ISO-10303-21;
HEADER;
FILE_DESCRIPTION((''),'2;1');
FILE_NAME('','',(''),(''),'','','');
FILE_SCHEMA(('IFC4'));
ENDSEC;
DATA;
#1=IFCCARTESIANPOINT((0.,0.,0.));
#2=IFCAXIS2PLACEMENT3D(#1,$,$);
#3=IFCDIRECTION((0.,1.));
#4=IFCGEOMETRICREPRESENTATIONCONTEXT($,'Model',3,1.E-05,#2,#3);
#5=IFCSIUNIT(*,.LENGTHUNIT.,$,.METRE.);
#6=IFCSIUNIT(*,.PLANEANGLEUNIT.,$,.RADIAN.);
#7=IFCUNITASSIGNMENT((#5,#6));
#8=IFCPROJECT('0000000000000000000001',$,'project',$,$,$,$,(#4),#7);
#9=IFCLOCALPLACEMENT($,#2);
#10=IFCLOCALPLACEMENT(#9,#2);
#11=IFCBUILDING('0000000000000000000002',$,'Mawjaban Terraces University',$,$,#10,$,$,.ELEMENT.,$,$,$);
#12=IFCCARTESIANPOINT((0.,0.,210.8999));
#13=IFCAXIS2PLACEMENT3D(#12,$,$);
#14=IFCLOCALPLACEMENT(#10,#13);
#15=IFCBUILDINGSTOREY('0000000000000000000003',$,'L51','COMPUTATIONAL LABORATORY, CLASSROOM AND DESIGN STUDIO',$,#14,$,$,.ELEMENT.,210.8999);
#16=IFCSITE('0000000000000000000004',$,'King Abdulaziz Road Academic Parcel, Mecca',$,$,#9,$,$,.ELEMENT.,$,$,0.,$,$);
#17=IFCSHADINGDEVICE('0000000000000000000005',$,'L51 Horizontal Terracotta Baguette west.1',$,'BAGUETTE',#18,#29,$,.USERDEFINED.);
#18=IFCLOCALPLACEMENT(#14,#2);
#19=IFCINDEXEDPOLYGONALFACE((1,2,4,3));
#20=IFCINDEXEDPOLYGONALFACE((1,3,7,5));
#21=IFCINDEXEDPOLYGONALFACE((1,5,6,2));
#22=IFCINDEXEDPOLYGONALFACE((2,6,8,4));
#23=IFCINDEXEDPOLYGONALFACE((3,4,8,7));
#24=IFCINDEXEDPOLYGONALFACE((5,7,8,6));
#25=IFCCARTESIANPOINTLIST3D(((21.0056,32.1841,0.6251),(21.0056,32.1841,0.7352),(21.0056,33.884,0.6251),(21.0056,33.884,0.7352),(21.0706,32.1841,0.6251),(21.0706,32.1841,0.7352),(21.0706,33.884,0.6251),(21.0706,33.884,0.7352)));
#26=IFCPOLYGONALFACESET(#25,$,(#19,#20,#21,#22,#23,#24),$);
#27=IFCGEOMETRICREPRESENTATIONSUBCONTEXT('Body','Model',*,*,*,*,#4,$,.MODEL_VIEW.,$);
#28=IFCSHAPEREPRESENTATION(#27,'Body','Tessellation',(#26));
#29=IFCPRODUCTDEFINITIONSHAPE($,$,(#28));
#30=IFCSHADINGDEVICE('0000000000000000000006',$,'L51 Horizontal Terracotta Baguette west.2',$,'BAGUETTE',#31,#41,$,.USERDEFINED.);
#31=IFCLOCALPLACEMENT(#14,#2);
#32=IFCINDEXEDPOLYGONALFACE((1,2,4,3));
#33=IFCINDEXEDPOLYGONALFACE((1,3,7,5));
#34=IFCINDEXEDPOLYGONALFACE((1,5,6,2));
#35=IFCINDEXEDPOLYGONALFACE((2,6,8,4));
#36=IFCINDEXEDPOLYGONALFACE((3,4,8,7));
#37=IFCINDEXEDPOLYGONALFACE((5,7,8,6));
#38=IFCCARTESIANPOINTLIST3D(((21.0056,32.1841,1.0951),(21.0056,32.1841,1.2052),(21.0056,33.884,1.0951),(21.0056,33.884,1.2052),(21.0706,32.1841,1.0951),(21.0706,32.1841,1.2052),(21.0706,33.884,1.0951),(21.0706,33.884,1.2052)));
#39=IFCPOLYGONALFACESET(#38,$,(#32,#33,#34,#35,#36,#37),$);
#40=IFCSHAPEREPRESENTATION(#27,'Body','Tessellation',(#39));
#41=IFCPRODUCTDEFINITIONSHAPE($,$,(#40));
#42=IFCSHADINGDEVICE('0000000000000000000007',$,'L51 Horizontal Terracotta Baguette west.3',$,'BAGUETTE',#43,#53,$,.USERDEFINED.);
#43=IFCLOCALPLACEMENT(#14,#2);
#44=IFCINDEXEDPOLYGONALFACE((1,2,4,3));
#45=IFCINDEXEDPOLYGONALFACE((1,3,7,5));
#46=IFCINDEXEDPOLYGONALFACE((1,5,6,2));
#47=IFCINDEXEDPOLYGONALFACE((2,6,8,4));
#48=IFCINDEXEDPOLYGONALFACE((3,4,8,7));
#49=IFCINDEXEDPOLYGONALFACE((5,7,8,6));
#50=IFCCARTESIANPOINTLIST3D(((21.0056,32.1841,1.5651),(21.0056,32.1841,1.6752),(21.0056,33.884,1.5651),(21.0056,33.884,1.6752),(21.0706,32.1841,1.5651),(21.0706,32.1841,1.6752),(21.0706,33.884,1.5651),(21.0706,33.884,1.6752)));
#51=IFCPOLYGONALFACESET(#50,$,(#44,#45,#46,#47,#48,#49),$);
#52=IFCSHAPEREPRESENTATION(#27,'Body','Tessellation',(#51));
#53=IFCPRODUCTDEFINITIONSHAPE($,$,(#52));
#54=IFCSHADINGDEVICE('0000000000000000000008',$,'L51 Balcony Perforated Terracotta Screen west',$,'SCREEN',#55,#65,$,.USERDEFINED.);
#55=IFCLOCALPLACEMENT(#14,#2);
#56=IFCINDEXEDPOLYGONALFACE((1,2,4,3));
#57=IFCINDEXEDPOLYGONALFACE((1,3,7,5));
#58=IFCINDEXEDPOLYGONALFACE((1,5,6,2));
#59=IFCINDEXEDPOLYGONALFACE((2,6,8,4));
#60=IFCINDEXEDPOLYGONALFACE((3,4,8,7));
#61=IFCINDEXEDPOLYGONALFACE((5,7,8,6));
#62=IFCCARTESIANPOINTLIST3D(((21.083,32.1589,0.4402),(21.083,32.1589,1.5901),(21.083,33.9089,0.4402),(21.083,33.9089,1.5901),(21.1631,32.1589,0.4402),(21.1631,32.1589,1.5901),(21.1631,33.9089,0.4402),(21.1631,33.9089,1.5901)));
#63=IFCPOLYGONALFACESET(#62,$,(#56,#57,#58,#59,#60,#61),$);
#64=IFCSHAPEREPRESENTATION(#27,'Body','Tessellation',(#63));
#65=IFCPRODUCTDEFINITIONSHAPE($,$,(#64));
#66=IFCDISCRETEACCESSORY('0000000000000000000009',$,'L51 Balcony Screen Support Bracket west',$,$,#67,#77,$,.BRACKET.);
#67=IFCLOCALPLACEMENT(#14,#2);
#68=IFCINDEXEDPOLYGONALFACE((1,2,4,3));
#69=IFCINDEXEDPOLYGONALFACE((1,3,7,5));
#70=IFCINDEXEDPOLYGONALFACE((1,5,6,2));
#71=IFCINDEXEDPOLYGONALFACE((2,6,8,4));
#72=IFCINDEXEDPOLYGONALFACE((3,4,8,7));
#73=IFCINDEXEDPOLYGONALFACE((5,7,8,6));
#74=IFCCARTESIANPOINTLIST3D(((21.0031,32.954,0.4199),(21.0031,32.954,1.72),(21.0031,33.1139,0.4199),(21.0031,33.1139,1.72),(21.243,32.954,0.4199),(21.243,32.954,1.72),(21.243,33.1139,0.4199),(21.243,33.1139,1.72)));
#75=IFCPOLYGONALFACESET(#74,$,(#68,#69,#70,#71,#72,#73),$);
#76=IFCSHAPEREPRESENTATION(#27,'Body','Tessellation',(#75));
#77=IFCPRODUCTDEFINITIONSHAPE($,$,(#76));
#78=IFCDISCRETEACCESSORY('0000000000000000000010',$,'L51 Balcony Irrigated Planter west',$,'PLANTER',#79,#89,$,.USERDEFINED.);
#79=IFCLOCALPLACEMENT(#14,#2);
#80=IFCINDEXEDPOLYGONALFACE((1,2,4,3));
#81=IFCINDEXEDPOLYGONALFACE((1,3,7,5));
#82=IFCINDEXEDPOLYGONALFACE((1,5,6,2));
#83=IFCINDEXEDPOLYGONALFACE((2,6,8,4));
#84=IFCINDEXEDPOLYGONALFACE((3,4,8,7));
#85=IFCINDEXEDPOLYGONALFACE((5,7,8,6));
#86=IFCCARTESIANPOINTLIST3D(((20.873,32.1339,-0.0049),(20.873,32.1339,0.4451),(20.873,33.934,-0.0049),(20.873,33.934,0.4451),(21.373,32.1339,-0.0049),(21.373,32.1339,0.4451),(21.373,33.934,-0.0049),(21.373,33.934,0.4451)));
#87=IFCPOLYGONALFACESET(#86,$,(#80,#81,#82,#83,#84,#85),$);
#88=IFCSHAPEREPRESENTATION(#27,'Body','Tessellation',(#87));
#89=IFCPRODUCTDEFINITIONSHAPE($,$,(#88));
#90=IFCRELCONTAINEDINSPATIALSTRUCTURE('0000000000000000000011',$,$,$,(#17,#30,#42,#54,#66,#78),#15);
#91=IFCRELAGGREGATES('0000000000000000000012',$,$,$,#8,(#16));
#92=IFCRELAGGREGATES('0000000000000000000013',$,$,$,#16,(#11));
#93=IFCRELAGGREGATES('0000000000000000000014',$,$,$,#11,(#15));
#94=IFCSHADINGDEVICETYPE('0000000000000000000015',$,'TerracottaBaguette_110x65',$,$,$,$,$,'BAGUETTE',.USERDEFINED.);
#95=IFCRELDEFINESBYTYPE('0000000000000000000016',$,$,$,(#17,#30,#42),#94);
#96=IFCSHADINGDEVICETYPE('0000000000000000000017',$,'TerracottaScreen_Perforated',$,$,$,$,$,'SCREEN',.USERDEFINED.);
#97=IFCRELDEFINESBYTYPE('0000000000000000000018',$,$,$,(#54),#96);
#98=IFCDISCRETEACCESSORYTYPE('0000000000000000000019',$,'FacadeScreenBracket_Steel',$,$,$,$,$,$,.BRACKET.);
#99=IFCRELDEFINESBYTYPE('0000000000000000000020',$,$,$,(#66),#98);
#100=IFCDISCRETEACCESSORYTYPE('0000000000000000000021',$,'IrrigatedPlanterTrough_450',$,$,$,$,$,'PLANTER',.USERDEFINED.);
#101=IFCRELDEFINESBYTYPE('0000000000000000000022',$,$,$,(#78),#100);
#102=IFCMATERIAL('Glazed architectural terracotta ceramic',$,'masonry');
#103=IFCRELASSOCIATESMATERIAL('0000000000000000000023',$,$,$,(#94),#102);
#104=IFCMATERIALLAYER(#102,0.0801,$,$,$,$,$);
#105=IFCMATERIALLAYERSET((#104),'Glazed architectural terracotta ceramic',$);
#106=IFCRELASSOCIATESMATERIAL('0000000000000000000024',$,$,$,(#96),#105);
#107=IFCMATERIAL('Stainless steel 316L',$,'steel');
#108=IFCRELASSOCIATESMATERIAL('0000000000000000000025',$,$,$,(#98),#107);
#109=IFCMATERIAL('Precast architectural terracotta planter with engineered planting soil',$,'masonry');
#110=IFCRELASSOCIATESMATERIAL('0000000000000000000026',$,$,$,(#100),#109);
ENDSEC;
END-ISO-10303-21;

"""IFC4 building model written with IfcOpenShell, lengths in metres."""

from ifc_helpers import new_model, si_unit, direction, frame, origin, origin_2d, place, context, subcontext, project, spatial, rectangle, extrude, material, layer, layer_set, material_profile, profile_set, type_object, element, save


model = new_model("IFC4")

# Units and contexts
model_context = context("Model", 3, precision=1e-05, world=origin(), true_north=direction((0.0, 1.0)))
body_context = subcontext(model_context, "Body", "Model", "MODEL_VIEW")
ifc_project = project(units=[si_unit("LENGTHUNIT", "METRE"), si_unit("PLANEANGLEUNIT", "RADIAN")], contexts=[model_context])

# Site, building, storey
site_placement = place(None, origin())
site = spatial("IfcSite", under=ifc_project, at=site_placement, Name="King Abdulaziz Road Academic Parcel, Mecca", CompositionType="ELEMENT", RefElevation=0.0)
building_placement = place(site_placement, origin())
building = spatial("IfcBuilding", under=site, at=building_placement, Name="Mawjaban Terraces University", CompositionType="ELEMENT")
storey_placement = place(building_placement, frame((0.0, 0.0, 210.8999)))
storey = spatial("IfcBuildingStorey", under=building, at=storey_placement, Name="L51", Description="COMPUTATIONAL LABORATORY, CLASSROOM AND DESIGN STUDIO", CompositionType="ELEMENT", Elevation=210.8999)

# Shading devices
ifc_material_1 = material(Name="Glazed architectural terracotta ceramic", Category="masonry")
ifc_material_profile_1 = material_profile(ifc_material_1, rectangle(XDim=0.0649, YDim=0.1101, at=origin_2d()), Name="TBAG110X65")
ifc_profile_set_1 = profile_set([ifc_material_profile_1], Name="Glazed architectural terracotta ceramic")
shading_device_type_1 = type_object("IfcShadingDeviceType", Name="TerracottaBaguette_110x65", ElementType="BAGUETTE", PredefinedType="USERDEFINED", material=ifc_profile_set_1)
for number, where, z_axis, x_axis, name in (
    (1, (21.0381, 32.1841, 0.6802), (0.0, 1.0, 0.0), (-1.0, 0.0, 0.0), "L51 Horizontal Terracotta Baguette west.1"),
    (2, (21.0381, 32.1841, 1.1501), (0.0, 1.0, 0.0), (-1.0, 0.0, 0.0), "L51 Horizontal Terracotta Baguette west.2"),
    (3, (21.0381, 32.1841, 1.6201), (0.0, 1.0, 0.0), (-1.0, 0.0, 0.0), "L51 Horizontal Terracotta Baguette west.3"),
):
    element("IfcShadingDevice", number, at=place(storey_placement, frame(where, z_axis=z_axis, x_axis=x_axis)), inside=storey, type_object=shading_device_type_1, Name=name, ObjectType="BAGUETTE", PredefinedType="USERDEFINED", context=body_context, shape_type="SweptSolid", body=[
        extrude(rectangle(XDim=0.0649, YDim=0.1101, at=origin_2d()), origin(), (0.0, 0.0, 1.0), 1.7),
    ])
ifc_layer_1 = layer(ifc_material_1, 0.0801)
ifc_layer_set_1 = layer_set([ifc_layer_1], Name="Glazed architectural terracotta ceramic")
shading_device_type_2 = type_object("IfcShadingDeviceType", Name="TerracottaScreen_Perforated", ElementType="SCREEN", PredefinedType="USERDEFINED", material=ifc_layer_set_1)
shading_device_placement = place(storey_placement, frame((21.123, 33.0339, 0.4402), z_axis=(0.0, 0.0, 1.0), x_axis=(0.0, 1.0, 0.0)))
element("IfcShadingDevice", 4, at=shading_device_placement, inside=storey, type_object=shading_device_type_2, Name="L51 Balcony Perforated Terracotta Screen west", ObjectType="SCREEN", PredefinedType="USERDEFINED", context=body_context, shape_type="SweptSolid", body=[
    extrude(rectangle(XDim=1.75, YDim=0.0801, at=origin_2d()), origin(), (0.0, 0.0, 1.0), 1.1499),
])

# Discrete accessories
ifc_material_2 = material(Name="Stainless steel 316L", Category="steel")
discrete_accessory_type_1 = type_object("IfcDiscreteAccessoryType", Name="FacadeScreenBracket_Steel", PredefinedType="BRACKET", material=ifc_material_2)
discrete_accessory_1_placement = place(storey_placement, frame((21.123, 33.0339, 0.4199), z_axis=(0.0, 0.0, 1.0), x_axis=(0.0, 1.0, 0.0)))
element("IfcDiscreteAccessory", 5, at=discrete_accessory_1_placement, inside=storey, type_object=discrete_accessory_type_1, Name="L51 Balcony Screen Support Bracket west", PredefinedType="BRACKET", context=body_context, shape_type="SweptSolid", body=[
    extrude(rectangle(XDim=0.1599, YDim=0.24, at=origin_2d()), origin(), (0.0, 0.0, 1.0), 1.3),
])
ifc_material_3 = material(Name="Precast architectural terracotta planter with engineered planting soil", Category="masonry")
discrete_accessory_type_2 = type_object("IfcDiscreteAccessoryType", Name="IrrigatedPlanterTrough_450", ElementType="PLANTER", PredefinedType="USERDEFINED", material=ifc_material_3)
discrete_accessory_2_placement = place(storey_placement, frame((21.123, 33.0339, -0.0049), z_axis=(0.0, 0.0, 1.0), x_axis=(0.0, 1.0, 0.0)))
element("IfcDiscreteAccessory", 6, at=discrete_accessory_2_placement, inside=storey, type_object=discrete_accessory_type_2, Name="L51 Balcony Irrigated Planter west", ObjectType="PLANTER", PredefinedType="USERDEFINED", context=body_context, shape_type="SweptSolid", body=[
    extrude(rectangle(XDim=1.8, YDim=0.5, at=origin_2d()), origin(), (0.0, 0.0, 1.0), 0.45),
])

save(model, "model.ifc")
